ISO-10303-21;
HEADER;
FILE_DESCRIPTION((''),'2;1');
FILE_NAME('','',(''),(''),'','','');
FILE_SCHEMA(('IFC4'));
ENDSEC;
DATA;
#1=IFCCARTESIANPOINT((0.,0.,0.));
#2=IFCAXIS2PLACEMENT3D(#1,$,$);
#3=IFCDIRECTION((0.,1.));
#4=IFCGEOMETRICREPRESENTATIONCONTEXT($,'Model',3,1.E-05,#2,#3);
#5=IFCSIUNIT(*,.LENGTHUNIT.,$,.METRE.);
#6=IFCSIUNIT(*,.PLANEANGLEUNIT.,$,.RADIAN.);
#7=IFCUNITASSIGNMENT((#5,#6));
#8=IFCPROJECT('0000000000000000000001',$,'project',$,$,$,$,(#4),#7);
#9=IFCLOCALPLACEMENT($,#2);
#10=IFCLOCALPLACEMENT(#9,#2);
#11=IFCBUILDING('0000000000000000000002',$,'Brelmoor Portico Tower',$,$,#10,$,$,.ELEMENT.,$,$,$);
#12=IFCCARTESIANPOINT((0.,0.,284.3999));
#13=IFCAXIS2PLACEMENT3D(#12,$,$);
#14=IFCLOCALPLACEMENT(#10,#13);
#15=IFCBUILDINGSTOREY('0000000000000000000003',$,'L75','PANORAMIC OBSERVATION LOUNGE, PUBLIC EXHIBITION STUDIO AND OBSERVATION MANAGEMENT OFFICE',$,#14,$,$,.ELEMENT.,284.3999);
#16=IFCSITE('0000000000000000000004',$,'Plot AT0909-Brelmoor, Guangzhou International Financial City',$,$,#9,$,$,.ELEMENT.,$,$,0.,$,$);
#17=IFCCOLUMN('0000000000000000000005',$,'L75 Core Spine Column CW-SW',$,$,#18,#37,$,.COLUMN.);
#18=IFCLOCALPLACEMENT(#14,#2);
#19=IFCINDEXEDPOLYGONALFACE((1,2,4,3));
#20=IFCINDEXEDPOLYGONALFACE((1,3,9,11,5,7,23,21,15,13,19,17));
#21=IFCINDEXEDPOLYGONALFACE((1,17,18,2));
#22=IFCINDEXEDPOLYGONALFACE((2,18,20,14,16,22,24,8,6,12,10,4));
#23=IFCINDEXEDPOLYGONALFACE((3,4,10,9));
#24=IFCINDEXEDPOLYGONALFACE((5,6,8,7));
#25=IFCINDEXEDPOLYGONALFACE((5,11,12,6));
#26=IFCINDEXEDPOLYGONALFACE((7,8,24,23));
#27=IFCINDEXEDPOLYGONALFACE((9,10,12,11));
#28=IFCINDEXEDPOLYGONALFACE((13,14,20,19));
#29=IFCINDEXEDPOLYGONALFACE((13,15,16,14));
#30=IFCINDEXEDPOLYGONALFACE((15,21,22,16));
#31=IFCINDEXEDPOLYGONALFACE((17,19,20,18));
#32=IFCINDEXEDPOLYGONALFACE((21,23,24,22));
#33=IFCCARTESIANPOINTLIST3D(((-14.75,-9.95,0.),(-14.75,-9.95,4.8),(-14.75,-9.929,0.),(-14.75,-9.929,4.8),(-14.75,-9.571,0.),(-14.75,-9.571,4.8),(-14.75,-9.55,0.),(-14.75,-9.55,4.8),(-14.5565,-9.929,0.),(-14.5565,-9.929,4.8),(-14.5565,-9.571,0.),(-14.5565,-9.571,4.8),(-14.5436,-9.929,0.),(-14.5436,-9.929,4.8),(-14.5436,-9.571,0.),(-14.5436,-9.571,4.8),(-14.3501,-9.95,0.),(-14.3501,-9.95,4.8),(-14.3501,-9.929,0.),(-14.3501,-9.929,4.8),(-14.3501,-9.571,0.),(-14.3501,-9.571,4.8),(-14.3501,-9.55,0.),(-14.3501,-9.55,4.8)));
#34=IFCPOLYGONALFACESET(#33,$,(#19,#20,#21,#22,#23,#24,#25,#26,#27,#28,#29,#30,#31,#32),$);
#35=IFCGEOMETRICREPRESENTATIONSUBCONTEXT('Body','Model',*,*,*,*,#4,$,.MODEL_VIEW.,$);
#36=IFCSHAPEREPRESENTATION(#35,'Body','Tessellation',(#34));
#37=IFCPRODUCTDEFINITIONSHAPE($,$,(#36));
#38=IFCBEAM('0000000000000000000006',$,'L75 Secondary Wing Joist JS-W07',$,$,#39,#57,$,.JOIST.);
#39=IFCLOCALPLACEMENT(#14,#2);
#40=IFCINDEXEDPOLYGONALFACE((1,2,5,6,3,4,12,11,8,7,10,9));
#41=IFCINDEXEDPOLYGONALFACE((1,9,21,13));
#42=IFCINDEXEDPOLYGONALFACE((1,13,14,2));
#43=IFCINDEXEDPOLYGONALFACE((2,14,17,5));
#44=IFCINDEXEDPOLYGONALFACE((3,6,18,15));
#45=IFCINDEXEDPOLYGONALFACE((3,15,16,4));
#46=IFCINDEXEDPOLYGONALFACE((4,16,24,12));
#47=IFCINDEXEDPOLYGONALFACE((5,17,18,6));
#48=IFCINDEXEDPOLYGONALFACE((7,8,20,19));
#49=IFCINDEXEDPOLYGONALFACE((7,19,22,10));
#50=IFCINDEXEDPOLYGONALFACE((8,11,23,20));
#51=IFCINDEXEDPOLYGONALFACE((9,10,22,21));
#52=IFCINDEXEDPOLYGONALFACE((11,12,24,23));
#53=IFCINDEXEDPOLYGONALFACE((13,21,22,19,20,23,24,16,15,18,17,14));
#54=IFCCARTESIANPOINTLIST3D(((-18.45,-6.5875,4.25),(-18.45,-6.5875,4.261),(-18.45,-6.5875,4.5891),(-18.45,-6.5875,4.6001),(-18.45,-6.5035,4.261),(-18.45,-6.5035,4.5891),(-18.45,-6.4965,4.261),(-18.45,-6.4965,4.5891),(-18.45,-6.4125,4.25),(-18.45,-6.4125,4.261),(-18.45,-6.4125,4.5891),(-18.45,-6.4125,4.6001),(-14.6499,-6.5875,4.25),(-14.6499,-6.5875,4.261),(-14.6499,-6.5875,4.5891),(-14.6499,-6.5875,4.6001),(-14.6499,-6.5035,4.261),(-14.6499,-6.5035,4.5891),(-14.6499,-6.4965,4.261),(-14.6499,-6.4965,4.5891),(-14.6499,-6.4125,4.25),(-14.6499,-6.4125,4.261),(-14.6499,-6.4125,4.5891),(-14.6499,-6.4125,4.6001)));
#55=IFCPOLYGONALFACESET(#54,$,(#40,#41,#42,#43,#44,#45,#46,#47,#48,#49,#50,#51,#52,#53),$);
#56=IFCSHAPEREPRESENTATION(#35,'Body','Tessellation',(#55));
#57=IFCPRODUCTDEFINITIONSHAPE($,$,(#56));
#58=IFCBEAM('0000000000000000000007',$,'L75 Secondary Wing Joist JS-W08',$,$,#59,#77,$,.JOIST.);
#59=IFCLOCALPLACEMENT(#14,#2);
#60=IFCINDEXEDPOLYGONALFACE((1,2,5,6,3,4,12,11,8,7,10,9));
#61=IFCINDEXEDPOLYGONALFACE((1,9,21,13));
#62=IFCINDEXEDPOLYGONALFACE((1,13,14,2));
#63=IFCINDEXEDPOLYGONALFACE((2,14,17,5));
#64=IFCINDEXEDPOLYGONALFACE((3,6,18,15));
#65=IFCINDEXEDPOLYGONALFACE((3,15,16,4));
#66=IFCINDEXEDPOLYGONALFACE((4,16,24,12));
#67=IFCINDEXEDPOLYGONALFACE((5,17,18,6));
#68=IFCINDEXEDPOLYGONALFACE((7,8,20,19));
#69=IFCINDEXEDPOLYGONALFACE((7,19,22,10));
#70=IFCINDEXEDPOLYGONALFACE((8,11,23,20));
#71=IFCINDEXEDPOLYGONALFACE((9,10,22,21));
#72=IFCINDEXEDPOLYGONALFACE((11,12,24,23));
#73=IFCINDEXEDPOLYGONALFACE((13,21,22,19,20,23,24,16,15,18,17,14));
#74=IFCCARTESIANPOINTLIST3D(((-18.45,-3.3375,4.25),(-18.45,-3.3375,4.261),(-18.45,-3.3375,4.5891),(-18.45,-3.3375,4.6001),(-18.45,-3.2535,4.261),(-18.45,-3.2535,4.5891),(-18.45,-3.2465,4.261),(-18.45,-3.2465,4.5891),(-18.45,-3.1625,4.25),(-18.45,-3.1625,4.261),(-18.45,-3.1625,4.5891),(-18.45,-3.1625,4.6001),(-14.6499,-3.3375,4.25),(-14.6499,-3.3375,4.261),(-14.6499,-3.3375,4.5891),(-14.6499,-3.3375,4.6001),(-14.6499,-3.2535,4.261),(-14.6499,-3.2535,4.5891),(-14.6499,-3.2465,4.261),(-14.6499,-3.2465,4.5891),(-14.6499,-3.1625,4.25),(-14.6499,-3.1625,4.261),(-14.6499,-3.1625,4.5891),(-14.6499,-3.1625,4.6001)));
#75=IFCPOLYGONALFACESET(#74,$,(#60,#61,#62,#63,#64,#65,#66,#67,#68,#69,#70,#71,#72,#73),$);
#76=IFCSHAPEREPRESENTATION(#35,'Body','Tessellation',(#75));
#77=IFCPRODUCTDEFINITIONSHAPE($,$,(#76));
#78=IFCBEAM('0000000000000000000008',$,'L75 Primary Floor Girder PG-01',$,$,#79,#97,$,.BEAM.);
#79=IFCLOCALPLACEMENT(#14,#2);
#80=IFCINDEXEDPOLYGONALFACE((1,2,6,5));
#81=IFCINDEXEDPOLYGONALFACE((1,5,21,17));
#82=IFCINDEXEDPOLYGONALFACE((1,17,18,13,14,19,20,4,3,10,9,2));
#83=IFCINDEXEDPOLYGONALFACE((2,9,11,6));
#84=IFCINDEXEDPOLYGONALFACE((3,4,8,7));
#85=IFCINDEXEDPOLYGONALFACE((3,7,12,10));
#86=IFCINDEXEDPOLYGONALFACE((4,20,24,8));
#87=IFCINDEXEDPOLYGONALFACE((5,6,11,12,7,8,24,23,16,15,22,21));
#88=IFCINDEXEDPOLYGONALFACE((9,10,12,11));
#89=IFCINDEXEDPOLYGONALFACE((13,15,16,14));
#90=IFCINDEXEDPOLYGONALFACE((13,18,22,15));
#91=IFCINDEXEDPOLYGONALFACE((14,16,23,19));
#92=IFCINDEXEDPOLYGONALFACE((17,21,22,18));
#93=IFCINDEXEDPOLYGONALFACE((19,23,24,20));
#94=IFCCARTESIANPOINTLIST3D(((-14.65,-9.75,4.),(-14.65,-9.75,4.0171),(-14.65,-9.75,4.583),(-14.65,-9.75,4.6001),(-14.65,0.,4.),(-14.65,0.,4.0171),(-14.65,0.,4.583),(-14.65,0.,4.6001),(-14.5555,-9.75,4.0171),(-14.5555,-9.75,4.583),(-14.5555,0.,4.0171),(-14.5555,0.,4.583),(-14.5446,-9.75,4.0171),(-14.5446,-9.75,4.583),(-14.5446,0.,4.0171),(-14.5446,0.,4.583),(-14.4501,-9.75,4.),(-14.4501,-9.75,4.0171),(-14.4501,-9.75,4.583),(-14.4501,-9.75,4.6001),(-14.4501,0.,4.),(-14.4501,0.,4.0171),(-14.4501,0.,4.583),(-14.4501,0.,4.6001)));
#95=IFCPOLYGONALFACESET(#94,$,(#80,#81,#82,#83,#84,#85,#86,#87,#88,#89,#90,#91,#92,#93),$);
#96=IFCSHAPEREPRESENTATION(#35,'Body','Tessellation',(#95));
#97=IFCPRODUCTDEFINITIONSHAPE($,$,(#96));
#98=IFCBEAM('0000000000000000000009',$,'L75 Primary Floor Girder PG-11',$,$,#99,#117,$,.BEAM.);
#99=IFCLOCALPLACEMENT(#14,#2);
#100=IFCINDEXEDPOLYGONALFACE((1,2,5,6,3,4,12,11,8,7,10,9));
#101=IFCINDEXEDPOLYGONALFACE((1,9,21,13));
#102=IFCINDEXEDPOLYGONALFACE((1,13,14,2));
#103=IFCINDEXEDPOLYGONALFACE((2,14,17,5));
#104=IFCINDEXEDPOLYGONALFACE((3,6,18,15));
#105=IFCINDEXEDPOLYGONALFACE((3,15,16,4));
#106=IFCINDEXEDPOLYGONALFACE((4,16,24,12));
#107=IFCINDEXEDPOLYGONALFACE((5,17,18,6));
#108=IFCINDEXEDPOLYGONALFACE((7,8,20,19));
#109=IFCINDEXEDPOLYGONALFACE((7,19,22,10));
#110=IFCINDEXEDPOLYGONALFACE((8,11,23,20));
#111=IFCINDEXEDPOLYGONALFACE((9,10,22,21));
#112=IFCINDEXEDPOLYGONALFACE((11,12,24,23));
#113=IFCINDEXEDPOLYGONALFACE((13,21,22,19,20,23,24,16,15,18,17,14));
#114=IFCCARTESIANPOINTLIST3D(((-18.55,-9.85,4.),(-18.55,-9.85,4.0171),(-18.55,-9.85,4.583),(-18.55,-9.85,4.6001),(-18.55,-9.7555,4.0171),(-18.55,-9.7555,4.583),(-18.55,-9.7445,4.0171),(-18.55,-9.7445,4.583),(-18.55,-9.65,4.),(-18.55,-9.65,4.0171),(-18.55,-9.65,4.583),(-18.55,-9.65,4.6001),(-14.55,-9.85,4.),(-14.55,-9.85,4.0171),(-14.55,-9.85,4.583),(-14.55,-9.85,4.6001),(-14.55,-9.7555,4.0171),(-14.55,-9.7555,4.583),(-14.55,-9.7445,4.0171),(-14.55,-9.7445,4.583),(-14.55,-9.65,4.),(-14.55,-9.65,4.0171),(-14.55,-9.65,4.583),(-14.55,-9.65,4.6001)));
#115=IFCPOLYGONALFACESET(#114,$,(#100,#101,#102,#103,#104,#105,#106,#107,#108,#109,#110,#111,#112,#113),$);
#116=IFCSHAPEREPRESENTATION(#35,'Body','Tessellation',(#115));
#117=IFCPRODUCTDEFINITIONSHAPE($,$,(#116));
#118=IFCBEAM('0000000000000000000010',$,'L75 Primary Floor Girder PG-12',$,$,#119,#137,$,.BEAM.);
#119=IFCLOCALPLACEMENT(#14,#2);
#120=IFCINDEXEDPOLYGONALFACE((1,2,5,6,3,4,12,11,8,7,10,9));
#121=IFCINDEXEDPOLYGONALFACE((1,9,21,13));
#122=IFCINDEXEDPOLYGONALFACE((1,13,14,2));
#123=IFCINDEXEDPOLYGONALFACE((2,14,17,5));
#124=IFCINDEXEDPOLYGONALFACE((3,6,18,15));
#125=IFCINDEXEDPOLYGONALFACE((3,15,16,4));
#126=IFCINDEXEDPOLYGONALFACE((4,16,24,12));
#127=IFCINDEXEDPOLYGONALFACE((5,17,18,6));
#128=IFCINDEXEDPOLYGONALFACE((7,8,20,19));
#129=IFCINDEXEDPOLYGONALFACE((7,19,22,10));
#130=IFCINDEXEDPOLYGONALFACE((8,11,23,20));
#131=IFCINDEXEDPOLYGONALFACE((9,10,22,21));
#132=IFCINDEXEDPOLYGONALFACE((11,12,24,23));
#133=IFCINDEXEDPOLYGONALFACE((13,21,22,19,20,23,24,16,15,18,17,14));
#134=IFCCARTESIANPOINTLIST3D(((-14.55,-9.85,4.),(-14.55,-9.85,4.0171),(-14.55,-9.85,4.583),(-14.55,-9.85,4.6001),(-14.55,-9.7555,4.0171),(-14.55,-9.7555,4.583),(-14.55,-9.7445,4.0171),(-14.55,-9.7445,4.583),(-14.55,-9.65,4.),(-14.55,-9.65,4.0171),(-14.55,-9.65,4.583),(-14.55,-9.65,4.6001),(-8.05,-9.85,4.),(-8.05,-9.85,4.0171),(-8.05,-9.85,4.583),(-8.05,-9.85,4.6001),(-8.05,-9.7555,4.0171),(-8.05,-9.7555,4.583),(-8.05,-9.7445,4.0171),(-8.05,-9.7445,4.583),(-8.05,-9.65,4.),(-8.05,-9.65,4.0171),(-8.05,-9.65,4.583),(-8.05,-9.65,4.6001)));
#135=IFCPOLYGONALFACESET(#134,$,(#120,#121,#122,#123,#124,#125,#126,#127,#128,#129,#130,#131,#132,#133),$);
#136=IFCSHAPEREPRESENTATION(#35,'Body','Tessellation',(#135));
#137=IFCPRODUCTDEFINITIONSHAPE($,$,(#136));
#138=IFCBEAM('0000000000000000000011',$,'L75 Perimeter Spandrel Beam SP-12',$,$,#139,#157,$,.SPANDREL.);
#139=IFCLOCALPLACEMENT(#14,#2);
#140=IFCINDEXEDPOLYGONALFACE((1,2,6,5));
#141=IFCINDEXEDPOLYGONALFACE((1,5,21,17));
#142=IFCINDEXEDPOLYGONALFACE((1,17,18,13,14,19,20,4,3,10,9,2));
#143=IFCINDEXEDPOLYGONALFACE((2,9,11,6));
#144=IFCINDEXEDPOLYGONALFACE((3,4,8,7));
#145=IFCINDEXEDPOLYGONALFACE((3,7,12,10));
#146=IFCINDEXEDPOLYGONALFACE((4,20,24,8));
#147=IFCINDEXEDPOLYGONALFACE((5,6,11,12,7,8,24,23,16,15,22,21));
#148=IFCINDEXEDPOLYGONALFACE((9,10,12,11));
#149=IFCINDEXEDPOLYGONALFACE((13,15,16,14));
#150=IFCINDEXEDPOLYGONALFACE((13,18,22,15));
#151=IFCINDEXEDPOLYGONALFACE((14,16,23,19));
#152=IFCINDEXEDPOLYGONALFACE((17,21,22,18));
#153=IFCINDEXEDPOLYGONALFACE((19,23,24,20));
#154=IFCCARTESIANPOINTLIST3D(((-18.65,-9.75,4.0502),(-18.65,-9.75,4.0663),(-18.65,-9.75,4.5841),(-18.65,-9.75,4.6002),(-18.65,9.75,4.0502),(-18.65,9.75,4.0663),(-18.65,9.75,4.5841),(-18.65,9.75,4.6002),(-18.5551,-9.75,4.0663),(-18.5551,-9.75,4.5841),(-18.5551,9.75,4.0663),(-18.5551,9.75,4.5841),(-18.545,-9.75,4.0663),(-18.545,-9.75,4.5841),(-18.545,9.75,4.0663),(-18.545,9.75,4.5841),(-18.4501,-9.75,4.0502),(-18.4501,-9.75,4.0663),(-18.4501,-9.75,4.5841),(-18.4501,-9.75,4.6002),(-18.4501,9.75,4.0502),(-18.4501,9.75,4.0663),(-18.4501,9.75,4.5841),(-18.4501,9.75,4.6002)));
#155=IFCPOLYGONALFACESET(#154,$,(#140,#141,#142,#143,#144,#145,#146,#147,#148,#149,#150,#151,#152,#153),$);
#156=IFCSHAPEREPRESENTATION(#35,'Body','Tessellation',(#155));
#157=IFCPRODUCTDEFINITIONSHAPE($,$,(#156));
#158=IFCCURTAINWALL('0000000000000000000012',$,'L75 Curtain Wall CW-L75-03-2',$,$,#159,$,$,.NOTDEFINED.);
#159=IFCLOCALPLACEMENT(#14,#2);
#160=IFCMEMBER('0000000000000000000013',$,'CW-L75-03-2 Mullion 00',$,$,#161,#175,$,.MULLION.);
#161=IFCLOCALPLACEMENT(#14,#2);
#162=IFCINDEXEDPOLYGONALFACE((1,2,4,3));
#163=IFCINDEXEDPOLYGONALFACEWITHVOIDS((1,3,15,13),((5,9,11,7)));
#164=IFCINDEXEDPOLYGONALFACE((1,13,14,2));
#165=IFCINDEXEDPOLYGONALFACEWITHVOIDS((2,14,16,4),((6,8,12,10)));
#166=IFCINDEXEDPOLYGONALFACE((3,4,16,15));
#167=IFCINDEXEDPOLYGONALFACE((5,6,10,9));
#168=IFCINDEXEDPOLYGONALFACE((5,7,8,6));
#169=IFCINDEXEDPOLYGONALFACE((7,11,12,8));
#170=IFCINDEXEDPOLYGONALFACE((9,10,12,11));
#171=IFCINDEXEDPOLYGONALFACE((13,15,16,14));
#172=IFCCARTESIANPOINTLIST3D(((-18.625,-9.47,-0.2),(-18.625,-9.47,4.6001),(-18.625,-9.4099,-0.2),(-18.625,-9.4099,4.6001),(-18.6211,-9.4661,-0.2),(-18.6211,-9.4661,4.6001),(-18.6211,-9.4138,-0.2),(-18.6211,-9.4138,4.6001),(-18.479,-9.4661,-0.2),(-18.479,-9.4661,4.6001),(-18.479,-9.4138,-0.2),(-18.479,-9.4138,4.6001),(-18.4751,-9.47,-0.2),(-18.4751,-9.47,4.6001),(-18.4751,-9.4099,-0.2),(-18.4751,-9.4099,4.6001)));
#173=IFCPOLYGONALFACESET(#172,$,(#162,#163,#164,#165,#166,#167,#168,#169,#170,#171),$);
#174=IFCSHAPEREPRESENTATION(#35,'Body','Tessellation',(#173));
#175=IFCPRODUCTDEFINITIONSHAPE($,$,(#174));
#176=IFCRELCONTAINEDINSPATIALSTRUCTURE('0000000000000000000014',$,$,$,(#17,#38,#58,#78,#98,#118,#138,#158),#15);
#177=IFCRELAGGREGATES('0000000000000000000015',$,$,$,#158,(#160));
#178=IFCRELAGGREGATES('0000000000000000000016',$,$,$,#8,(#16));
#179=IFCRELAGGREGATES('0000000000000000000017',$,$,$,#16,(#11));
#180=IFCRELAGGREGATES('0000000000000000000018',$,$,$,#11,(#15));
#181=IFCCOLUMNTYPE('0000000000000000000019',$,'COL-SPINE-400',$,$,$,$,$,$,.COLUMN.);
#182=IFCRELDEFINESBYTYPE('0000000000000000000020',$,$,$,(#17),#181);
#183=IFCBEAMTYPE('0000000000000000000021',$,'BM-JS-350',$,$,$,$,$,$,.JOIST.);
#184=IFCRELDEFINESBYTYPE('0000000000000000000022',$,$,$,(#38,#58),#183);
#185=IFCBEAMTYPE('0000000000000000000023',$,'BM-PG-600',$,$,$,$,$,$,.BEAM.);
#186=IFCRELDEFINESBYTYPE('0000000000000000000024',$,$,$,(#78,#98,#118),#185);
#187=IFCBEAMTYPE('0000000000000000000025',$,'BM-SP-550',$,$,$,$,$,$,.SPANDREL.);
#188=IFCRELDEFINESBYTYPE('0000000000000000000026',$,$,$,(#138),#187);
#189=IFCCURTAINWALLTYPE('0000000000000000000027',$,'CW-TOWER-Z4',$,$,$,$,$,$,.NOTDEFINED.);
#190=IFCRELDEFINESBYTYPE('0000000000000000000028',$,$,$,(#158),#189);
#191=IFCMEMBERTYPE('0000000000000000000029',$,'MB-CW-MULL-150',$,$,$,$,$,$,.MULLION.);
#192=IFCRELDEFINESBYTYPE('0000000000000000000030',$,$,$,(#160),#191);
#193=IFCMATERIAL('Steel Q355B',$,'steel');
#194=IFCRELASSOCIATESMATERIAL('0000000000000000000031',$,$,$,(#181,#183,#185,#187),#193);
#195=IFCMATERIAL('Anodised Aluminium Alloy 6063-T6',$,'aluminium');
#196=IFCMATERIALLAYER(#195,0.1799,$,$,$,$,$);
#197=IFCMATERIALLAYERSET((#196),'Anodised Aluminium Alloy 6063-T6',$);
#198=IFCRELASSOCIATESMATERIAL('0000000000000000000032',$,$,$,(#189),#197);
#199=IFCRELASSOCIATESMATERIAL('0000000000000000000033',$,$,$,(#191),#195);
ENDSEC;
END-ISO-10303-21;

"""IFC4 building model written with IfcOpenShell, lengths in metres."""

from ifc_helpers import new_model, si_unit, direction, frame, origin, origin_2d, place, context, subcontext, project, spatial, hollow_rectangle, i_section, extrude, material, layer, layer_set, material_profile, profile_set, type_object, element, aggregate, save


model = new_model("IFC4")

# Units and contexts
model_context = context("Model", 3, precision=1e-05, world=origin(), true_north=direction((0.0, 1.0)))
body_context = subcontext(model_context, "Body", "Model", "MODEL_VIEW")
ifc_project = project(units=[si_unit("LENGTHUNIT", "METRE"), si_unit("PLANEANGLEUNIT", "RADIAN")], contexts=[model_context])

# Site, building, storey
site_placement = place(None, origin())
site = spatial("IfcSite", under=ifc_project, at=site_placement, Name="Plot AT0909-Brelmoor, Guangzhou International Financial City", CompositionType="ELEMENT", RefElevation=0.0)
building_placement = place(site_placement, origin())
building = spatial("IfcBuilding", under=site, at=building_placement, Name="Brelmoor Portico Tower", CompositionType="ELEMENT")
storey_placement = place(building_placement, frame((0.0, 0.0, 284.3999)))
storey = spatial("IfcBuildingStorey", under=building, at=storey_placement, Name="L75", Description="PANORAMIC OBSERVATION LOUNGE, PUBLIC EXHIBITION STUDIO AND OBSERVATION MANAGEMENT OFFICE", CompositionType="ELEMENT", Elevation=284.3999)

# Column
ifc_material_1 = material(Name="Steel Q355B", Category="steel")
ifc_material_profile_1 = material_profile(ifc_material_1, i_section(OverallWidth=0.3999, OverallDepth=0.3999, WebThickness=0.0129, FlangeThickness=0.021, at=origin_2d()), Name="HW 400x400x13x21")
ifc_profile_set_1 = profile_set([ifc_material_profile_1], Name="Steel Q355B")
column_type = type_object("IfcColumnType", Name="COL-SPINE-400", PredefinedType="COLUMN", material=ifc_profile_set_1)
column_placement = place(storey_placement, frame((-14.55, -9.75, 0.0), z_axis=(0.0, 0.0, 1.0), x_axis=(1.0, 0.0, 0.0)))
element("IfcColumn", 1, at=column_placement, inside=storey, type_object=column_type, Name="L75 Core Spine Column CW-SW", PredefinedType="COLUMN", context=body_context, shape_type="SweptSolid", body=[
    extrude(i_section(OverallWidth=0.3999, OverallDepth=0.3999, WebThickness=0.0129, FlangeThickness=0.021, at=origin_2d()), origin(), (0.0, 0.0, 1.0), 4.8),
])

# Beams
ifc_material_profile_2 = material_profile(ifc_material_1, i_section(OverallWidth=0.175, OverallDepth=0.3501, WebThickness=0.0071, FlangeThickness=0.011, at=origin_2d()), Name="HN 350x175x7x11")
ifc_profile_set_2 = profile_set([ifc_material_profile_2], Name="Steel Q355B")
beam_type_1 = type_object("IfcBeamType", Name="BM-JS-350", PredefinedType="JOIST", material=ifc_profile_set_2)
for number, where, z_axis, x_axis, name in (
    (2, (-18.45, -6.5, 4.425), (1.0, 0.0, 0.0), (0.0, 1.0, 0.0), "L75 Secondary Wing Joist JS-W07"),
    (3, (-18.45, -3.25, 4.425), (1.0, 0.0, 0.0), (0.0, 1.0, 0.0), "L75 Secondary Wing Joist JS-W08"),
):
    element("IfcBeam", number, at=place(storey_placement, frame(where, z_axis=z_axis, x_axis=x_axis)), inside=storey, type_object=beam_type_1, Name=name, PredefinedType="JOIST", context=body_context, shape_type="SweptSolid", body=[
        extrude(i_section(OverallWidth=0.175, OverallDepth=0.3501, WebThickness=0.0071, FlangeThickness=0.011, at=origin_2d()), origin(), (0.0, 0.0, 1.0), 3.8),
    ])
ifc_material_profile_3 = material_profile(ifc_material_1, i_section(OverallWidth=0.2, OverallDepth=0.6001, WebThickness=0.011, FlangeThickness=0.0171, at=origin_2d()), Name="HN 600x200x11x17")
ifc_profile_set_3 = profile_set([ifc_material_profile_3], Name="Steel Q355B")
beam_type_2 = type_object("IfcBeamType", Name="BM-PG-600", PredefinedType="BEAM", material=ifc_profile_set_3)
beam_1_placement = place(storey_placement, frame((-14.55, -9.75, 4.3), z_axis=(0.0, 1.0, 0.0), x_axis=(-1.0, 0.0, 0.0)))
element("IfcBeam", 4, at=beam_1_placement, inside=storey, type_object=beam_type_2, Name="L75 Primary Floor Girder PG-01", PredefinedType="BEAM", context=body_context, shape_type="SweptSolid", body=[
    extrude(i_section(OverallWidth=0.2, OverallDepth=0.6001, WebThickness=0.011, FlangeThickness=0.0171, at=origin_2d()), origin(), (0.0, 0.0, 1.0), 9.75),
])
beam_2_placement = place(storey_placement, frame((-18.55, -9.75, 4.3), z_axis=(1.0, 0.0, 0.0), x_axis=(0.0, 1.0, 0.0)))
element("IfcBeam", 5, at=beam_2_placement, inside=storey, type_object=beam_type_2, Name="L75 Primary Floor Girder PG-11", PredefinedType="BEAM", context=body_context, shape_type="SweptSolid", body=[
    extrude(i_section(OverallWidth=0.2, OverallDepth=0.6001, WebThickness=0.011, FlangeThickness=0.0171, at=origin_2d()), origin(), (0.0, 0.0, 1.0), 4.0),
])
beam_3_placement = place(storey_placement, frame((-14.55, -9.75, 4.3), z_axis=(1.0, 0.0, 0.0), x_axis=(0.0, 1.0, 0.0)))
element("IfcBeam", 6, at=beam_3_placement, inside=storey, type_object=beam_type_2, Name="L75 Primary Floor Girder PG-12", PredefinedType="BEAM", context=body_context, shape_type="SweptSolid", body=[
    extrude(i_section(OverallWidth=0.2, OverallDepth=0.6001, WebThickness=0.011, FlangeThickness=0.0171, at=origin_2d()), origin(), (0.0, 0.0, 1.0), 6.5),
])
ifc_material_profile_4 = material_profile(ifc_material_1, i_section(OverallWidth=0.2, OverallDepth=0.55, WebThickness=0.01, FlangeThickness=0.0161, at=origin_2d()), Name="HN 550x200x10x16")
ifc_profile_set_4 = profile_set([ifc_material_profile_4], Name="Steel Q355B")
beam_type_3 = type_object("IfcBeamType", Name="BM-SP-550", PredefinedType="SPANDREL", material=ifc_profile_set_4)
beam_4_placement = place(storey_placement, frame((-18.55, -9.75, 4.3252), z_axis=(0.0, 1.0, 0.0), x_axis=(-1.0, 0.0, 0.0)))
element("IfcBeam", 7, at=beam_4_placement, inside=storey, type_object=beam_type_3, Name="L75 Perimeter Spandrel Beam SP-12", PredefinedType="SPANDREL", context=body_context, shape_type="SweptSolid", body=[
    extrude(i_section(OverallWidth=0.2, OverallDepth=0.55, WebThickness=0.01, FlangeThickness=0.0161, at=origin_2d()), origin(), (0.0, 0.0, 1.0), 19.5),
])

# Curtain wall, member
ifc_material_2 = material(Name="Anodised Aluminium Alloy 6063-T6", Category="aluminium")
ifc_layer_1 = layer(ifc_material_2, 0.1799)
ifc_layer_set_1 = layer_set([ifc_layer_1], Name="Anodised Aluminium Alloy 6063-T6")
curtain_wall_type = type_object("IfcCurtainWallType", Name="CW-TOWER-Z4", PredefinedType="NOTDEFINED", material=ifc_layer_set_1)
curtain_wall_placement = place(storey_placement, origin())
curtain_wall = element("IfcCurtainWall", 8, at=curtain_wall_placement, inside=storey, type_object=curtain_wall_type, Name="L75 Curtain Wall CW-L75-03-2", PredefinedType="NOTDEFINED")
ifc_material_profile_5 = material_profile(ifc_material_2, hollow_rectangle(XDim=0.0601, YDim=0.1499, WallThickness=0.0039, at=origin_2d()), Name="ALU MULLION 60x150")
ifc_profile_set_5 = profile_set([ifc_material_profile_5], Name="Anodised Aluminium Alloy 6063-T6")
member_type_1 = type_object("IfcMemberType", Name="MB-CW-MULL-150", PredefinedType="MULLION", material=ifc_profile_set_5)
member_1_placement = place(storey_placement, frame((-18.55, -9.4399, -0.2), z_axis=(0.0, 0.0, 1.0), x_axis=(0.0, 1.0, 0.0)))
member_1 = element("IfcMember", 9, at=member_1_placement, type_object=member_type_1, Name="CW-L75-03-2 Mullion 00", PredefinedType="MULLION", context=body_context, shape_type="SweptSolid", body=[
    extrude(hollow_rectangle(XDim=0.0601, YDim=0.1499, WallThickness=0.0039, at=origin_2d()), origin(), (0.0, 0.0, 1.0), 4.8),
])
aggregate(curtain_wall, [member_1])

save(model, "model.ifc")
